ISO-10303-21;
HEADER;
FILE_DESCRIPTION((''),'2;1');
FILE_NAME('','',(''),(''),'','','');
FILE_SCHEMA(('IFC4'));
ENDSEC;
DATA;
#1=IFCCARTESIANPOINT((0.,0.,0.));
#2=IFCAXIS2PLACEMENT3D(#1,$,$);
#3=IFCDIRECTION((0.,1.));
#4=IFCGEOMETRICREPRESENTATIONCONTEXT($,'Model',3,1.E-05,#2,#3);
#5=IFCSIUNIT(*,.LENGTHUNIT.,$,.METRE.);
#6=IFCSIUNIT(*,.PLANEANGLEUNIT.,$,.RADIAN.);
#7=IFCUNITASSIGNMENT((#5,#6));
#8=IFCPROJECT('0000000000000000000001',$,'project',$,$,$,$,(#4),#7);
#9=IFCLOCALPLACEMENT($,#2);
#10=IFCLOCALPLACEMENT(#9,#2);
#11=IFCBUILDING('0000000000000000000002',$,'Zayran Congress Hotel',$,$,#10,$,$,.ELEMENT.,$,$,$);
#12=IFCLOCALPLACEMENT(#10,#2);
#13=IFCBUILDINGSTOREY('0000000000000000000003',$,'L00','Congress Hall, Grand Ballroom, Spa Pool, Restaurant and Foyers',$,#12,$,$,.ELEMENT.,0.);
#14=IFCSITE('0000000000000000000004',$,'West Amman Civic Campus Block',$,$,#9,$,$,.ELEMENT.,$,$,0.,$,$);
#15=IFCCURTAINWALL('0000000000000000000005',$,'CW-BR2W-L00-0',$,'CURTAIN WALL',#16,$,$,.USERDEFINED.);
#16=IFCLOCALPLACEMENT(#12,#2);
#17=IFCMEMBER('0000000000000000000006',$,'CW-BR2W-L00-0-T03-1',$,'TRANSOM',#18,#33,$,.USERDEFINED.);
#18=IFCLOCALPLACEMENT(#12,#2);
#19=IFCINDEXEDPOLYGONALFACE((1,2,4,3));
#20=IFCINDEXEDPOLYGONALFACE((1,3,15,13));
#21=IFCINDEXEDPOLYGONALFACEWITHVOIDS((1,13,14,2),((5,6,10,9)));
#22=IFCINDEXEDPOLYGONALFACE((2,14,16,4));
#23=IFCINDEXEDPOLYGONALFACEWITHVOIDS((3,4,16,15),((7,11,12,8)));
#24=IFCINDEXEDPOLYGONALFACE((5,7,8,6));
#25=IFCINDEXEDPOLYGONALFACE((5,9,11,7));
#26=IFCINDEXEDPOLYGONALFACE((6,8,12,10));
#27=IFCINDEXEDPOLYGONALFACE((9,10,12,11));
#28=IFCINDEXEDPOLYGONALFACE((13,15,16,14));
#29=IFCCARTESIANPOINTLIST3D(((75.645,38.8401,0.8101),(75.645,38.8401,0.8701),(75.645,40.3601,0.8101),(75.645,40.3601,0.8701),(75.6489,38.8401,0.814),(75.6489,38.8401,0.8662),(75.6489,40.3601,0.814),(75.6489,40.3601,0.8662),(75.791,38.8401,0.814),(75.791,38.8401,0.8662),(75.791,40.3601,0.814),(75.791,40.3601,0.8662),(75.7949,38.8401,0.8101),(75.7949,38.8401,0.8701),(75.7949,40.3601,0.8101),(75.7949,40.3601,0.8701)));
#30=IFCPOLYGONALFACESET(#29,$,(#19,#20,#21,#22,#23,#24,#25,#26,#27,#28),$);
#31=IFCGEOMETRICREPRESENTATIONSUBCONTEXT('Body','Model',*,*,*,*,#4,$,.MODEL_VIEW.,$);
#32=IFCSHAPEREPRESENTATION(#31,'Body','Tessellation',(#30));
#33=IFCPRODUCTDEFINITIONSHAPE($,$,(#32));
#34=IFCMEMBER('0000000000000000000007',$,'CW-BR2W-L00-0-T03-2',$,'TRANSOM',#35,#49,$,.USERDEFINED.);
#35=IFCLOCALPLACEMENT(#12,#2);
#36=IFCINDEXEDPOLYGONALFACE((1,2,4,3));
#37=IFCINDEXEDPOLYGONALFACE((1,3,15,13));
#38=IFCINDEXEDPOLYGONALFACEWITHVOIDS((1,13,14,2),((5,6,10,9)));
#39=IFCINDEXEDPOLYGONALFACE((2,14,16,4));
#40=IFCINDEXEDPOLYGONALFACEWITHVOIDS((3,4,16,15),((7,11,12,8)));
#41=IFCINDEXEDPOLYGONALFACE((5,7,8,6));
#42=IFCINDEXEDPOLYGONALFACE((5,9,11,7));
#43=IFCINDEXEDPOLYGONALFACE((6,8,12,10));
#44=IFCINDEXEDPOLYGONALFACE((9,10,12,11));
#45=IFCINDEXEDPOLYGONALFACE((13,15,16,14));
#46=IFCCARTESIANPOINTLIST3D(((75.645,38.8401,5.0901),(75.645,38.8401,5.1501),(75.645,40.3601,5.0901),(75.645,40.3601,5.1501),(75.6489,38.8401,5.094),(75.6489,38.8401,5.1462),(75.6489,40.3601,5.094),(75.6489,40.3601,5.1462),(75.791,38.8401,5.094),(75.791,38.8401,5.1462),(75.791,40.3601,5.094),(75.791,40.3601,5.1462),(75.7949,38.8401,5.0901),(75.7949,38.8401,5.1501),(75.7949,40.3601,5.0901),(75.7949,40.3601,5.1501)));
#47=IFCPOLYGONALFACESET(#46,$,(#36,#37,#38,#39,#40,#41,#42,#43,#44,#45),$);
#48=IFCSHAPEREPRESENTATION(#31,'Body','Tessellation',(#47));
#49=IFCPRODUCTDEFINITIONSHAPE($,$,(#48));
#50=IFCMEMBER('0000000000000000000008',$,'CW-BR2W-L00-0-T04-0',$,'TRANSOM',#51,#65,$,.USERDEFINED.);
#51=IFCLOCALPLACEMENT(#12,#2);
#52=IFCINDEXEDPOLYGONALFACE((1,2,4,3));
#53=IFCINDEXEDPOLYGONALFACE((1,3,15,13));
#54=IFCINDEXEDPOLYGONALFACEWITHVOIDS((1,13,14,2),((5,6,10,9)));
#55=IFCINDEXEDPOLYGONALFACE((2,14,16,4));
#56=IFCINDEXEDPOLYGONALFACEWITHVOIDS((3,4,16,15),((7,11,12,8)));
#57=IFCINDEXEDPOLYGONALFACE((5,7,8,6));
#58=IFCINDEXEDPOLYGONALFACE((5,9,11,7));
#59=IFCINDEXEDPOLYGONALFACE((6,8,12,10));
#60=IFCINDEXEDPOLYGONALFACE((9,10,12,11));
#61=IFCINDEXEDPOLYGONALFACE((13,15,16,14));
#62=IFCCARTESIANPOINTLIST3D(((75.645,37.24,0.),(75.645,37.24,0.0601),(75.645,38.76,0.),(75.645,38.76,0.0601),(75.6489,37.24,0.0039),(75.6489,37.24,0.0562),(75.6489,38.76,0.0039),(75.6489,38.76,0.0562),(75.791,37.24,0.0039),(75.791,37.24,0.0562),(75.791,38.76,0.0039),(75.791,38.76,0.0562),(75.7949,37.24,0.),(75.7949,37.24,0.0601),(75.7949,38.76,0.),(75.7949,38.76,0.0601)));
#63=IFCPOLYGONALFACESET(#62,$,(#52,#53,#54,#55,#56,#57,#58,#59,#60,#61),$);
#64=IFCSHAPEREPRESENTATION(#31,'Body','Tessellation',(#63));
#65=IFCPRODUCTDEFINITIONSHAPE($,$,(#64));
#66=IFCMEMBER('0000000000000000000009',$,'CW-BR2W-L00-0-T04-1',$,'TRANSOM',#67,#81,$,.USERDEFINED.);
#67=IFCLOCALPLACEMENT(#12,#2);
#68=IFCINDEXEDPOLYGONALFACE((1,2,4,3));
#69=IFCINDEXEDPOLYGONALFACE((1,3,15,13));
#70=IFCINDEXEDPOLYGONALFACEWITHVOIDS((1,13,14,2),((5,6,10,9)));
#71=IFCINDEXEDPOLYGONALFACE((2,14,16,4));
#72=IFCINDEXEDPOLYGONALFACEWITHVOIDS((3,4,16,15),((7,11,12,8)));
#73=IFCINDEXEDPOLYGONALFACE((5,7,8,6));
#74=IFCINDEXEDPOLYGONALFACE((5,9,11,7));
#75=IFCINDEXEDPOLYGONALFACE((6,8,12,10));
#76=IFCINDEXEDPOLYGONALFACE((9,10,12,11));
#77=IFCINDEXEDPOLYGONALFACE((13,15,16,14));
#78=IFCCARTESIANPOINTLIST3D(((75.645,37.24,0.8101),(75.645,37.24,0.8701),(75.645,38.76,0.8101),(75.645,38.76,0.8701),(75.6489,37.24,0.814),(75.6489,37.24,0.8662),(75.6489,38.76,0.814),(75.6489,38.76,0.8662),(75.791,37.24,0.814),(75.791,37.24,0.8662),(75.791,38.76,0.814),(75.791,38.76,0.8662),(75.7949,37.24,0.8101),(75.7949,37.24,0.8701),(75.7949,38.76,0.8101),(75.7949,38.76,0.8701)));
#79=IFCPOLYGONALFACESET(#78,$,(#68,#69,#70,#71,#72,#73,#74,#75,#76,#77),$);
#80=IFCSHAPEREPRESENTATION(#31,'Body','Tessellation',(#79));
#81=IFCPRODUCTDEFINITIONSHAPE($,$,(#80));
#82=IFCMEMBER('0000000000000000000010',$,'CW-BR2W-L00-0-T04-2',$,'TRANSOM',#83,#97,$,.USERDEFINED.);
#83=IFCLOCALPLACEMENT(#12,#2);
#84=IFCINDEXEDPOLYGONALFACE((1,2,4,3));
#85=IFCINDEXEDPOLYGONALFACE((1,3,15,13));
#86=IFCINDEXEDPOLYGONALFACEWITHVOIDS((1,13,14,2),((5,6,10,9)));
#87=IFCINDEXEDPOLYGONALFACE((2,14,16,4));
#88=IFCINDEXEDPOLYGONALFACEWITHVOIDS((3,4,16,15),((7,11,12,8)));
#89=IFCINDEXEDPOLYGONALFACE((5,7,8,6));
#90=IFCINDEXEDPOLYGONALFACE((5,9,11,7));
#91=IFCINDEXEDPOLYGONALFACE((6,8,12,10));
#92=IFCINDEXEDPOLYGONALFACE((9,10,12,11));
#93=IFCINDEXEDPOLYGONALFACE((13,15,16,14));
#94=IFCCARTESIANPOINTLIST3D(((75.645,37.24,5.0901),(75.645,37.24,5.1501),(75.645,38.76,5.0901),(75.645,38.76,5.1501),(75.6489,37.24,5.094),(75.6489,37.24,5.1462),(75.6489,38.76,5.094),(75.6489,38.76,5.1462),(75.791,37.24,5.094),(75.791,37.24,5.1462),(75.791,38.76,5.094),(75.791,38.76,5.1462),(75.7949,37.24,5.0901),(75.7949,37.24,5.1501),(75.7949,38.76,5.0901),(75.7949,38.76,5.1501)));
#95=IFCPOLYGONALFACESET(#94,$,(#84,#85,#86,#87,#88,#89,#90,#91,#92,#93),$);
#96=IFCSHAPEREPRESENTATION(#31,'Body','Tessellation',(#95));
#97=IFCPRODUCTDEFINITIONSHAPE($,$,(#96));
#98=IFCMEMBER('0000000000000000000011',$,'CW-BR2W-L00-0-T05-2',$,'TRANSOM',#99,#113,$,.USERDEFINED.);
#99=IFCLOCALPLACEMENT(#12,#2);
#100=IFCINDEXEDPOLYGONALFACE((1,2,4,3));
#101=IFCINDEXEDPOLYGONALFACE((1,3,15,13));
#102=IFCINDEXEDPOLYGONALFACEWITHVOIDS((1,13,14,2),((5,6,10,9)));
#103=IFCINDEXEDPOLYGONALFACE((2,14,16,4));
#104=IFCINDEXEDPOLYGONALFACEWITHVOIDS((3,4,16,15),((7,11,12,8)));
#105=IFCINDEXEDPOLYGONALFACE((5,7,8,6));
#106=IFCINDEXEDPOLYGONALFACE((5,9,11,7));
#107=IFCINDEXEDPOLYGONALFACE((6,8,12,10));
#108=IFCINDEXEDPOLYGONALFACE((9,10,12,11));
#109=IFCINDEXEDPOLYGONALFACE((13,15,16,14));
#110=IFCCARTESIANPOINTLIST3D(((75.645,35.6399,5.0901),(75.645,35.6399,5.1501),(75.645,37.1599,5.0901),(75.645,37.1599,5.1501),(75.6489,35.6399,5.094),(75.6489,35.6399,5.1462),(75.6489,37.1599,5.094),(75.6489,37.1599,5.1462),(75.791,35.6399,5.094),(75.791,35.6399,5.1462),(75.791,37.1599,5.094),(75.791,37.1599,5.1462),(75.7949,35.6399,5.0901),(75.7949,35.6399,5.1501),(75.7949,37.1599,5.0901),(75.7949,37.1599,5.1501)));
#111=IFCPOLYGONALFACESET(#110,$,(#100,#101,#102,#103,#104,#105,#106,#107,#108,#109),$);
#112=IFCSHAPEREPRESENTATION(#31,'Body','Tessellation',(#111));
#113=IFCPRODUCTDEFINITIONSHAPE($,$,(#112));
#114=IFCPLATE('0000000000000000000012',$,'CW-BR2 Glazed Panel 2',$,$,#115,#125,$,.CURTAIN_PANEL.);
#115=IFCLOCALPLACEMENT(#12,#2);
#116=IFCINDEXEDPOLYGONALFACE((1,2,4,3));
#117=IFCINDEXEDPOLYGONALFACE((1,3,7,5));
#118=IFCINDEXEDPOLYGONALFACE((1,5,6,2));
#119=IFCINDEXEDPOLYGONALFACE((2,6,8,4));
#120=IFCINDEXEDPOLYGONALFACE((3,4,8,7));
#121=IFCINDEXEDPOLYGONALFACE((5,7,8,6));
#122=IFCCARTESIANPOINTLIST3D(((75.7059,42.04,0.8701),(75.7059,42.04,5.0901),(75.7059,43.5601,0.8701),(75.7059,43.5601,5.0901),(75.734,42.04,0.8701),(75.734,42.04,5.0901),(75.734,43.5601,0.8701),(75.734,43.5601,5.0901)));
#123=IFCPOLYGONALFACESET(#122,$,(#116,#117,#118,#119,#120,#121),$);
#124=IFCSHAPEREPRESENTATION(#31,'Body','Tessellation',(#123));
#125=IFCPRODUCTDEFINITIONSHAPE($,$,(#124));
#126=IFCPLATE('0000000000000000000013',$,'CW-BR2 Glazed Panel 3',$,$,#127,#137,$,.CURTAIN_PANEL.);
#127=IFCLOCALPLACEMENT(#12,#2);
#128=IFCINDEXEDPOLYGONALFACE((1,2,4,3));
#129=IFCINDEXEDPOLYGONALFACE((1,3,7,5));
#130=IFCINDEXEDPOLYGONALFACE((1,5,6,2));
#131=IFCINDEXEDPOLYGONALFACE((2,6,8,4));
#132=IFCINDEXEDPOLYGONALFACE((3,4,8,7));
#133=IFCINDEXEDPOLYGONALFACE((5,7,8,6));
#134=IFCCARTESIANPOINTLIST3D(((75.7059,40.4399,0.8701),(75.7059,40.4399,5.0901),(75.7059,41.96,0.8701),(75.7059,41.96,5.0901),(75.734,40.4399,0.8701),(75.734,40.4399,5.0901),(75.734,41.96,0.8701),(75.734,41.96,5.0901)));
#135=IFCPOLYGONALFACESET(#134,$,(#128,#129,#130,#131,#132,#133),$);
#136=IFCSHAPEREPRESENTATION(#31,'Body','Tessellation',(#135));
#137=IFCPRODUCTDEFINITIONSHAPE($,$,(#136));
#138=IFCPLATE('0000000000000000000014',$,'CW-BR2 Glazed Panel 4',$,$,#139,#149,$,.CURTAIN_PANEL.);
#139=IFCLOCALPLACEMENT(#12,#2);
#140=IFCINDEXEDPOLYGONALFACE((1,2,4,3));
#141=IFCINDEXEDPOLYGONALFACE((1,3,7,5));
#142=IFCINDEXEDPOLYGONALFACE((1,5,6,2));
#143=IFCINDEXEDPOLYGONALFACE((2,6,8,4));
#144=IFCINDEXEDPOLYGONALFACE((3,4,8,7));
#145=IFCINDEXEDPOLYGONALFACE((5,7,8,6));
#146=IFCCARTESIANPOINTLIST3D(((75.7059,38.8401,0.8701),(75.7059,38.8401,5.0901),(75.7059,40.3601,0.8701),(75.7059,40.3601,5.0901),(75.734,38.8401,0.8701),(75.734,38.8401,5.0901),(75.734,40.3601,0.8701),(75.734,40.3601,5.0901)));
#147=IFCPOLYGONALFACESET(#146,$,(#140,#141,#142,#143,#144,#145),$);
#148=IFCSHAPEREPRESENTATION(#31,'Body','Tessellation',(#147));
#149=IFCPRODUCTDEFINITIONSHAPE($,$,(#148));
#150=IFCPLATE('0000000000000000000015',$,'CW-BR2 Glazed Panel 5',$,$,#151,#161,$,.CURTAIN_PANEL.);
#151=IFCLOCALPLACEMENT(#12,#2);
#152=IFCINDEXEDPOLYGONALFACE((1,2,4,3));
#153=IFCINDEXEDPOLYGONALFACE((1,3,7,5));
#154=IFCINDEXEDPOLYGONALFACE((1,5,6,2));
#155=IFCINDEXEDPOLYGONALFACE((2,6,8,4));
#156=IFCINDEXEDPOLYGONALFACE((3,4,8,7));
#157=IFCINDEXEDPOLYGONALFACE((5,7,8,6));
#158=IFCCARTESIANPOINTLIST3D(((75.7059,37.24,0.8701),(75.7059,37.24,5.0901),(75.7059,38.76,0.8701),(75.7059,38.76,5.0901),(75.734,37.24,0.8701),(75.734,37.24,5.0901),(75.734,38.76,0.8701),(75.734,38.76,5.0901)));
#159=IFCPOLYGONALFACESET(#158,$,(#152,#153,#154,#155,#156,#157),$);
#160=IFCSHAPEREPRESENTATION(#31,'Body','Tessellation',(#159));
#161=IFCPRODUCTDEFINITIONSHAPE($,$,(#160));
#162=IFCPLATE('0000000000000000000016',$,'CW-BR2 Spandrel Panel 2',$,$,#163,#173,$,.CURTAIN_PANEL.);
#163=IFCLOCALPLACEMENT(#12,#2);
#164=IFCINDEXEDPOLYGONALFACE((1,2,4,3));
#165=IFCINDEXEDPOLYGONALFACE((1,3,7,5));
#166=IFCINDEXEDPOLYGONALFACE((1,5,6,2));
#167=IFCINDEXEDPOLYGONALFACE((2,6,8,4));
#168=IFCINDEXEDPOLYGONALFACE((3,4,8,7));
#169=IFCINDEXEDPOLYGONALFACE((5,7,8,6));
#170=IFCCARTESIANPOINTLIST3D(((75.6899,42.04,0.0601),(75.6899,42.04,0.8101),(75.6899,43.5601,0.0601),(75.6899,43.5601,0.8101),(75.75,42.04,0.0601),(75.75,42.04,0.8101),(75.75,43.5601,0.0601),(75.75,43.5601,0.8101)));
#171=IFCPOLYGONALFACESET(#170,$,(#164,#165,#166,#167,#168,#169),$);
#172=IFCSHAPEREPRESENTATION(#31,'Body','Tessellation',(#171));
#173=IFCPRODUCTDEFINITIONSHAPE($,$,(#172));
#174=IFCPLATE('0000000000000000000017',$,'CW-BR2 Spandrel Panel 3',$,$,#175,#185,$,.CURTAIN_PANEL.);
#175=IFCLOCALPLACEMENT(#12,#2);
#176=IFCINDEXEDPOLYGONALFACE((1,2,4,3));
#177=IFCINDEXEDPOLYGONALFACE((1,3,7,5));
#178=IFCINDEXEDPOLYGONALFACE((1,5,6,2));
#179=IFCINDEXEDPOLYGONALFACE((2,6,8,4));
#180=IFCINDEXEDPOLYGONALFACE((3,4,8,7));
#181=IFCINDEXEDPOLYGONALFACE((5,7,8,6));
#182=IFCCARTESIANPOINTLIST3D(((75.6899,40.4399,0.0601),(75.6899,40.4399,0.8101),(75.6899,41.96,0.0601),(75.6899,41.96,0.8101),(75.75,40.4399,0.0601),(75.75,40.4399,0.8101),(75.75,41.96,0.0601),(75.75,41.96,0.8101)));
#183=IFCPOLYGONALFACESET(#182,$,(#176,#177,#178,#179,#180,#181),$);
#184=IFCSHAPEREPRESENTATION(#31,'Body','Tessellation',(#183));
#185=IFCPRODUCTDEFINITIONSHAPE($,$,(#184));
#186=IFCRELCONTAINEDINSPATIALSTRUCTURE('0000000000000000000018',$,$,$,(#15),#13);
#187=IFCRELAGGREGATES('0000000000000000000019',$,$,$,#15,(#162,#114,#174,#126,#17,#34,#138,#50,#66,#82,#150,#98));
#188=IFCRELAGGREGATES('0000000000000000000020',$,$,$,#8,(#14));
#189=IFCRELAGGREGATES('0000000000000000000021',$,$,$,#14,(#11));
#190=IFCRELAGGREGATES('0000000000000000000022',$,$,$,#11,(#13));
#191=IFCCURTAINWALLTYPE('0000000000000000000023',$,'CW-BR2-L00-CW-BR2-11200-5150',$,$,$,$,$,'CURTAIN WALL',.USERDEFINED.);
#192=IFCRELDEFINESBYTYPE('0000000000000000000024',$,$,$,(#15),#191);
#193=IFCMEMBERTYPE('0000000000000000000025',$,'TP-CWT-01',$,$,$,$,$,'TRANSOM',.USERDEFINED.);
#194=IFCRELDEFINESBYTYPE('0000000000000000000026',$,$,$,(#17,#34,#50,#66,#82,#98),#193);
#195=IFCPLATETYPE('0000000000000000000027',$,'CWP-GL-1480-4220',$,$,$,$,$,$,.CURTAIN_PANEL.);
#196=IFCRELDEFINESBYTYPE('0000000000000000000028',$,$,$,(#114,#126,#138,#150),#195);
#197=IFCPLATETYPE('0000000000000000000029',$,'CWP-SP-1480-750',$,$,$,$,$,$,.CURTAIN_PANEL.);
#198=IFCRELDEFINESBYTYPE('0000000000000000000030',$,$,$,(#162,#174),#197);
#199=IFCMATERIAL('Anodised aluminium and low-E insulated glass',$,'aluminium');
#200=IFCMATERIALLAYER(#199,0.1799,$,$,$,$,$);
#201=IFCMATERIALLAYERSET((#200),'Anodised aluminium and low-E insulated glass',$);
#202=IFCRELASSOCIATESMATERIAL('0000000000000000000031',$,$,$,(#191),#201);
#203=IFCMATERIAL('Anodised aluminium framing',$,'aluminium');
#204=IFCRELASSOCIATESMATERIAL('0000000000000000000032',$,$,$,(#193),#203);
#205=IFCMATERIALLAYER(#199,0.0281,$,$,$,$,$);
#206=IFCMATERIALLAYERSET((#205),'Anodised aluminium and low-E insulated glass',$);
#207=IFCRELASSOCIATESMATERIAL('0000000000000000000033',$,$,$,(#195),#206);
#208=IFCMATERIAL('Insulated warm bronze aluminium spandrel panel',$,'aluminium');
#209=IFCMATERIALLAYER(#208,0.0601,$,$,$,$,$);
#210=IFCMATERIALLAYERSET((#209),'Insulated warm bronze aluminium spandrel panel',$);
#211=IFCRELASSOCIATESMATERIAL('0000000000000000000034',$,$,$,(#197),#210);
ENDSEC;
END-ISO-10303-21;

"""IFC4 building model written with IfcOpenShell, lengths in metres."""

from ifc_helpers import new_model, si_unit, direction, frame, origin, origin_2d, place, context, subcontext, project, spatial, rectangle, hollow_rectangle, extrude, material, layer, layer_set, material_profile, profile_set, type_object, element, aggregate, save


model = new_model("IFC4")

# Units and contexts
model_context = context("Model", 3, precision=1e-05, world=origin(), true_north=direction((0.0, 1.0)))
body_context = subcontext(model_context, "Body", "Model", "MODEL_VIEW")
ifc_project = project(units=[si_unit("LENGTHUNIT", "METRE"), si_unit("PLANEANGLEUNIT", "RADIAN")], contexts=[model_context])

# Site, building, storey
site_placement = place(None, origin())
site = spatial("IfcSite", under=ifc_project, at=site_placement, Name="West Amman Civic Campus Block", CompositionType="ELEMENT", RefElevation=0.0)
building_placement = place(site_placement, origin())
building = spatial("IfcBuilding", under=site, at=building_placement, Name="Zayran Congress Hotel", CompositionType="ELEMENT")
storey_placement = place(building_placement, origin())
storey = spatial("IfcBuildingStorey", under=building, at=storey_placement, Name="L00", Description="Congress Hall, Grand Ballroom, Spa Pool, Restaurant and Foyers", CompositionType="ELEMENT", Elevation=0.0)

# Curtain wall, members, plates
ifc_material_1 = material(Name="Anodised aluminium and low-E insulated glass", Category="aluminium")
ifc_layer_1 = layer(ifc_material_1, 0.1799)
ifc_layer_set_1 = layer_set([ifc_layer_1], Name="Anodised aluminium and low-E insulated glass")
curtain_wall_type = type_object("IfcCurtainWallType", Name="CW-BR2-L00-CW-BR2-11200-5150", ElementType="CURTAIN WALL", PredefinedType="USERDEFINED", material=ifc_layer_set_1)
curtain_wall_placement = place(storey_placement, origin())
curtain_wall = element("IfcCurtainWall", 1, at=curtain_wall_placement, inside=storey, type_object=curtain_wall_type, Name="CW-BR2W-L00-0", ObjectType="CURTAIN WALL", PredefinedType="USERDEFINED")
ifc_material_2 = material(Name="Anodised aluminium framing", Category="aluminium")
ifc_material_profile_1 = material_profile(ifc_material_2, hollow_rectangle(XDim=0.0601, YDim=0.1499, WallThickness=0.0039, at=origin_2d()), Name="RHS 150x60x4")
ifc_profile_set_1 = profile_set([ifc_material_profile_1], Name="Anodised aluminium framing")
member_type_1 = type_object("IfcMemberType", Name="TP-CWT-01", ElementType="TRANSOM", PredefinedType="USERDEFINED", material=ifc_profile_set_1)
member_1_placement = place(storey_placement, frame((75.72, 40.3601, 0.8401), z_axis=(0.0, -1.0, 0.0), x_axis=(0.0, 0.0, 1.0)))
member_1 = element("IfcMember", 2, at=member_1_placement, type_object=member_type_1, Name="CW-BR2W-L00-0-T03-1", ObjectType="TRANSOM", PredefinedType="USERDEFINED", context=body_context, shape_type="SweptSolid", body=[
    extrude(hollow_rectangle(XDim=0.0601, YDim=0.1499, WallThickness=0.0039, at=origin_2d()), origin(), (0.0, 0.0, 1.0), 1.52),
])
member_2_placement = place(storey_placement, frame((75.72, 40.3601, 5.1201), z_axis=(0.0, -1.0, 0.0), x_axis=(0.0, 0.0, 1.0)))
member_2 = element("IfcMember", 3, at=member_2_placement, type_object=member_type_1, Name="CW-BR2W-L00-0-T03-2", ObjectType="TRANSOM", PredefinedType="USERDEFINED", context=body_context, shape_type="SweptSolid", body=[
    extrude(hollow_rectangle(XDim=0.0601, YDim=0.1499, WallThickness=0.0039, at=origin_2d()), origin(), (0.0, 0.0, 1.0), 1.52),
])
member_3_placement = place(storey_placement, frame((75.72, 38.76, 0.03), z_axis=(0.0, -1.0, 0.0), x_axis=(0.0, 0.0, 1.0)))
member_3 = element("IfcMember", 4, at=member_3_placement, type_object=member_type_1, Name="CW-BR2W-L00-0-T04-0", ObjectType="TRANSOM", PredefinedType="USERDEFINED", context=body_context, shape_type="SweptSolid", body=[
    extrude(hollow_rectangle(XDim=0.0601, YDim=0.1499, WallThickness=0.0039, at=origin_2d()), origin(), (0.0, 0.0, 1.0), 1.52),
])
member_4_placement = place(storey_placement, frame((75.72, 38.76, 0.8401), z_axis=(0.0, -1.0, 0.0), x_axis=(0.0, 0.0, 1.0)))
member_4 = element("IfcMember", 5, at=member_4_placement, type_object=member_type_1, Name="CW-BR2W-L00-0-T04-1", ObjectType="TRANSOM", PredefinedType="USERDEFINED", context=body_context, shape_type="SweptSolid", body=[
    extrude(hollow_rectangle(XDim=0.0601, YDim=0.1499, WallThickness=0.0039, at=origin_2d()), origin(), (0.0, 0.0, 1.0), 1.52),
])
member_5_placement = place(storey_placement, frame((75.72, 38.76, 5.1201), z_axis=(0.0, -1.0, 0.0), x_axis=(0.0, 0.0, 1.0)))
member_5 = element("IfcMember", 6, at=member_5_placement, type_object=member_type_1, Name="CW-BR2W-L00-0-T04-2", ObjectType="TRANSOM", PredefinedType="USERDEFINED", context=body_context, shape_type="SweptSolid", body=[
    extrude(hollow_rectangle(XDim=0.0601, YDim=0.1499, WallThickness=0.0039, at=origin_2d()), origin(), (0.0, 0.0, 1.0), 1.52),
])
member_6_placement = place(storey_placement, frame((75.72, 37.1599, 5.1201), z_axis=(0.0, -1.0, 0.0), x_axis=(0.0, 0.0, 1.0)))
member_6 = element("IfcMember", 7, at=member_6_placement, type_object=member_type_1, Name="CW-BR2W-L00-0-T05-2", ObjectType="TRANSOM", PredefinedType="USERDEFINED", context=body_context, shape_type="SweptSolid", body=[
    extrude(hollow_rectangle(XDim=0.0601, YDim=0.1499, WallThickness=0.0039, at=origin_2d()), origin(), (0.0, 0.0, 1.0), 1.52),
])
ifc_layer_2 = layer(ifc_material_1, 0.0281)
ifc_layer_set_2 = layer_set([ifc_layer_2], Name="Anodised aluminium and low-E insulated glass")
plate_type_1 = type_object("IfcPlateType", Name="CWP-GL-1480-4220", PredefinedType="CURTAIN_PANEL", material=ifc_layer_set_2)
plate_1_placement = place(storey_placement, frame((75.72, 42.8, 0.8701), z_axis=(0.0, 0.0, 1.0), x_axis=(0.0, 1.0, 0.0)))
plate_1 = element("IfcPlate", 8, at=plate_1_placement, type_object=plate_type_1, Name="CW-BR2 Glazed Panel 2", PredefinedType="CURTAIN_PANEL", context=body_context, shape_type="SweptSolid", body=[
    extrude(rectangle(XDim=1.52, YDim=0.0281, at=origin_2d()), origin(), (0.0, 0.0, 1.0), 4.22),
])
plate_2_placement = place(storey_placement, frame((75.72, 41.2, 0.8701), z_axis=(0.0, 0.0, 1.0), x_axis=(0.0, 1.0, 0.0)))
plate_2 = element("IfcPlate", 9, at=plate_2_placement, type_object=plate_type_1, Name="CW-BR2 Glazed Panel 3", PredefinedType="CURTAIN_PANEL", context=body_context, shape_type="SweptSolid", body=[
    extrude(rectangle(XDim=1.52, YDim=0.0281, at=origin_2d()), origin(), (0.0, 0.0, 1.0), 4.22),
])
plate_3_placement = place(storey_placement, frame((75.72, 39.6001, 0.8701), z_axis=(0.0, 0.0, 1.0), x_axis=(0.0, 1.0, 0.0)))
plate_3 = element("IfcPlate", 10, at=plate_3_placement, type_object=plate_type_1, Name="CW-BR2 Glazed Panel 4", PredefinedType="CURTAIN_PANEL", context=body_context, shape_type="SweptSolid", body=[
    extrude(rectangle(XDim=1.52, YDim=0.0281, at=origin_2d()), origin(), (0.0, 0.0, 1.0), 4.22),
])
plate_4_placement = place(storey_placement, frame((75.72, 38.0, 0.8701), z_axis=(0.0, 0.0, 1.0), x_axis=(0.0, 1.0, 0.0)))
plate_4 = element("IfcPlate", 11, at=plate_4_placement, type_object=plate_type_1, Name="CW-BR2 Glazed Panel 5", PredefinedType="CURTAIN_PANEL", context=body_context, shape_type="SweptSolid", body=[
    extrude(rectangle(XDim=1.52, YDim=0.0281, at=origin_2d()), origin(), (0.0, 0.0, 1.0), 4.22),
])
ifc_material_3 = material(Name="Insulated warm bronze aluminium spandrel panel", Category="aluminium")
ifc_layer_3 = layer(ifc_material_3, 0.0601)
ifc_layer_set_3 = layer_set([ifc_layer_3], Name="Insulated warm bronze aluminium spandrel panel")
plate_type_2 = type_object("IfcPlateType", Name="CWP-SP-1480-750", PredefinedType="CURTAIN_PANEL", material=ifc_layer_set_3)
plate_5_placement = place(storey_placement, frame((75.72, 42.8, 0.0601), z_axis=(0.0, 0.0, 1.0), x_axis=(0.0, 1.0, 0.0)))
plate_5 = element("IfcPlate", 12, at=plate_5_placement, type_object=plate_type_2, Name="CW-BR2 Spandrel Panel 2", PredefinedType="CURTAIN_PANEL", context=body_context, shape_type="SweptSolid", body=[
    extrude(rectangle(XDim=1.52, YDim=0.0601, at=origin_2d()), origin(), (0.0, 0.0, 1.0), 0.75),
])
plate_6_placement = place(storey_placement, frame((75.72, 41.2, 0.0601), z_axis=(0.0, 0.0, 1.0), x_axis=(0.0, 1.0, 0.0)))
plate_6 = element("IfcPlate", 13, at=plate_6_placement, type_object=plate_type_2, Name="CW-BR2 Spandrel Panel 3", PredefinedType="CURTAIN_PANEL", context=body_context, shape_type="SweptSolid", body=[
    extrude(rectangle(XDim=1.52, YDim=0.0601, at=origin_2d()), origin(), (0.0, 0.0, 1.0), 0.75),
])
aggregate(curtain_wall, [plate_5, plate_1, plate_6, plate_2, member_1, member_2, plate_3, member_3, member_4, member_5, plate_4, member_6])

save(model, "model.ifc")
